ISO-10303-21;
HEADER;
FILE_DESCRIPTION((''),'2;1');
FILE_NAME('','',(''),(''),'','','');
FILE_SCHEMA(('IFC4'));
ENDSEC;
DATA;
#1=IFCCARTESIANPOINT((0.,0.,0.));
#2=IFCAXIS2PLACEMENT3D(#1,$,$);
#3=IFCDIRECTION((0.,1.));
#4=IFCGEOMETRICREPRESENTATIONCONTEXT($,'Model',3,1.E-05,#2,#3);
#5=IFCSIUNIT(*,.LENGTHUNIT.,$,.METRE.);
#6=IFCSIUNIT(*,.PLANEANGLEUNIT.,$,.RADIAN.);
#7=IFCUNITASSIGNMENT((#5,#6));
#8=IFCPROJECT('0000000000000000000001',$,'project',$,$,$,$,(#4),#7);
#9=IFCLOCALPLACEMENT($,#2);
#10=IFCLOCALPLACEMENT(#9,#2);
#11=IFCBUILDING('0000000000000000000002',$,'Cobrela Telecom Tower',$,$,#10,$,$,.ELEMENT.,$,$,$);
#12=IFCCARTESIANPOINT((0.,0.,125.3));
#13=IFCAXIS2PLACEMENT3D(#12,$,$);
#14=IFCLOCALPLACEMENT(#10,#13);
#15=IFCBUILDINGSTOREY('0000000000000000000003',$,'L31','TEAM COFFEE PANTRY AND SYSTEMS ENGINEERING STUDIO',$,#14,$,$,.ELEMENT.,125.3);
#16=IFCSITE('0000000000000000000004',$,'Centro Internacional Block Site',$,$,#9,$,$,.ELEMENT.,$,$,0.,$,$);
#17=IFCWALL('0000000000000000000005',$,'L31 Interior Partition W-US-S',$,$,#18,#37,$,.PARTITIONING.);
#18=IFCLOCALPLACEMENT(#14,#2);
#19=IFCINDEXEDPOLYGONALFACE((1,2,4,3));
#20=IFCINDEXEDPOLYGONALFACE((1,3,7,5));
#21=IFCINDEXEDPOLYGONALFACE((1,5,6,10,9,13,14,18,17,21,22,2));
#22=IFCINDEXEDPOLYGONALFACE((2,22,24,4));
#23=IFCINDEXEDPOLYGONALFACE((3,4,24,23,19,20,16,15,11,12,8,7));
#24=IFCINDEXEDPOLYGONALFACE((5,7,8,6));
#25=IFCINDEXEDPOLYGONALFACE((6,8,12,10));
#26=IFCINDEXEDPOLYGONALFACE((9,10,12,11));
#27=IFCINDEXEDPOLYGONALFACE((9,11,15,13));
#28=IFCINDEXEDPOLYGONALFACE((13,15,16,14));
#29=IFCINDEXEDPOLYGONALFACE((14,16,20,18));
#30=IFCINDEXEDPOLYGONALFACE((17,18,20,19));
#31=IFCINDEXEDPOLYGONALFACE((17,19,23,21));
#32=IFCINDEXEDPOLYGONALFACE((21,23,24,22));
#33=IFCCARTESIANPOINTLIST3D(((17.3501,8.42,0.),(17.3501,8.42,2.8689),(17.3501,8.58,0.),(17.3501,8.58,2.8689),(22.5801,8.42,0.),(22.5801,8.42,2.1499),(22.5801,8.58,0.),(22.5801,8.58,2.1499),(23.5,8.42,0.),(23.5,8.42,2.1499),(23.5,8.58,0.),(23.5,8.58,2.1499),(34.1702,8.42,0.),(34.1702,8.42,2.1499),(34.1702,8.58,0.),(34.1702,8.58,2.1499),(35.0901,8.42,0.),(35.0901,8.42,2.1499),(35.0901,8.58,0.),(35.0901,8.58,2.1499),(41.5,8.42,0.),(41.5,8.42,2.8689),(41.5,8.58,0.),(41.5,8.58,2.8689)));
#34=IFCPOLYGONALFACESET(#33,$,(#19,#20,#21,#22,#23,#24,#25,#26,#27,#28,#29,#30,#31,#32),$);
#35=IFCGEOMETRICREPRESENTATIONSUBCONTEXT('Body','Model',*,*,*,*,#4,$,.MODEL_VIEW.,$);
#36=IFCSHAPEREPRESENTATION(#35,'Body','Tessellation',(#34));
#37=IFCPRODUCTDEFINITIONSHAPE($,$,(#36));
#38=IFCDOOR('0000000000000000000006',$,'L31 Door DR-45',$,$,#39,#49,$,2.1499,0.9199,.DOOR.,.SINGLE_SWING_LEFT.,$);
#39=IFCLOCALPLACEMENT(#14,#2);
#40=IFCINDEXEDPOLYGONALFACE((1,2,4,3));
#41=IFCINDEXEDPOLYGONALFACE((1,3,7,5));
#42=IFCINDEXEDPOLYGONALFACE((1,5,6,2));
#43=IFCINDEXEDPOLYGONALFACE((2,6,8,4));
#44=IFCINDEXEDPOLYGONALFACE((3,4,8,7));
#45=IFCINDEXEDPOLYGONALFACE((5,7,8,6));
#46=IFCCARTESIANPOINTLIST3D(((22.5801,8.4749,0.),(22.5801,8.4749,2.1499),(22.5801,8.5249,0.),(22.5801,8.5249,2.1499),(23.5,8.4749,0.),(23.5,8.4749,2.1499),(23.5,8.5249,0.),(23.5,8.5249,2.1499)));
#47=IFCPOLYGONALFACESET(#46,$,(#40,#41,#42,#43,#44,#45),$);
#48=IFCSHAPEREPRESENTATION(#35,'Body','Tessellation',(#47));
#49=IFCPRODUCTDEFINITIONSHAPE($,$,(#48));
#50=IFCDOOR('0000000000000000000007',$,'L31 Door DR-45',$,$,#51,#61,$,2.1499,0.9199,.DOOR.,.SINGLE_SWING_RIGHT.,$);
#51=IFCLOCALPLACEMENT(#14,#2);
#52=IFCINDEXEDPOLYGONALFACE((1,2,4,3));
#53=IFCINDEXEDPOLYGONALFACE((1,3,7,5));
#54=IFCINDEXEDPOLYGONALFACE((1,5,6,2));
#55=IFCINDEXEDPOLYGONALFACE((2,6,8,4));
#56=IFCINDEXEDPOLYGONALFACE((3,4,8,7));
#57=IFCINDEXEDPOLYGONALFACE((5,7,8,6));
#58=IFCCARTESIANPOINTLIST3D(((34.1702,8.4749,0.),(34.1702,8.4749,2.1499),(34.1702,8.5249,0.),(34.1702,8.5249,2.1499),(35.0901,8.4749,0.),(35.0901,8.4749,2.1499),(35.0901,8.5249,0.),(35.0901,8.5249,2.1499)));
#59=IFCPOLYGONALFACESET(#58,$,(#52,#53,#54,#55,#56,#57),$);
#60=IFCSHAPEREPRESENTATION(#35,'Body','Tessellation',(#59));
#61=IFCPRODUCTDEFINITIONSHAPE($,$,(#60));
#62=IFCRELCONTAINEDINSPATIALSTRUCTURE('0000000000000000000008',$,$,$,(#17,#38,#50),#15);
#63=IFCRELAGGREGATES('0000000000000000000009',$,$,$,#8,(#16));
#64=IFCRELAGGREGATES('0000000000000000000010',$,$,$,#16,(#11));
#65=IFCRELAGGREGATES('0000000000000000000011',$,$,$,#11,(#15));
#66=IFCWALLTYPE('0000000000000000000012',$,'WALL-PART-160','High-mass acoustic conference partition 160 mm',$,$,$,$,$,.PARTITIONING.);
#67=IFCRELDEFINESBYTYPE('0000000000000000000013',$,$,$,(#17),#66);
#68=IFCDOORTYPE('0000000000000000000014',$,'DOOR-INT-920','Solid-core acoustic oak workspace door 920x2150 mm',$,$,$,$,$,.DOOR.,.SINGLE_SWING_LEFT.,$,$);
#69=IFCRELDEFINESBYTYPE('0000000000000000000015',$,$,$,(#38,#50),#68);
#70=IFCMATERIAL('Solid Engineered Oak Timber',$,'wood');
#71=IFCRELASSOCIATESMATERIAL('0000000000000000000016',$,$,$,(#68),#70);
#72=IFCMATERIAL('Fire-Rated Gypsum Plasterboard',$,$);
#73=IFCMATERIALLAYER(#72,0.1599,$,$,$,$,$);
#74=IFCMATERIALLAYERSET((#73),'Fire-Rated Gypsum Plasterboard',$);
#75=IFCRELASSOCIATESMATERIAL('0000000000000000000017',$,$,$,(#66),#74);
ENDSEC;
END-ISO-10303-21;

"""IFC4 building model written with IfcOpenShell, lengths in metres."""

from ifc_helpers import new_model, si_unit, direction, frame, frame_2d, origin, place, context, subcontext, project, spatial, rectangle, extrude, material, layer, layer_set, type_object, element, fill, save


model = new_model("IFC4")

# Units and contexts
model_context = context("Model", 3, precision=1e-05, world=origin(), true_north=direction((0.0, 1.0)))
body_context = subcontext(model_context, "Body", "Model", "MODEL_VIEW")
ifc_project = project(units=[si_unit("LENGTHUNIT", "METRE"), si_unit("PLANEANGLEUNIT", "RADIAN")], contexts=[model_context])

# Site, building, storey
site_placement = place(None, origin())
site = spatial("IfcSite", under=ifc_project, at=site_placement, Name="Centro Internacional Block Site", CompositionType="ELEMENT", RefElevation=0.0)
building_placement = place(site_placement, origin())
building = spatial("IfcBuilding", under=site, at=building_placement, Name="Cobrela Telecom Tower", CompositionType="ELEMENT")
storey_placement = place(building_placement, frame((0.0, 0.0, 125.3)))
storey = spatial("IfcBuildingStorey", under=building, at=storey_placement, Name="L31", Description="TEAM COFFEE PANTRY AND SYSTEMS ENGINEERING STUDIO", CompositionType="ELEMENT", Elevation=125.3)

# Shared definitions
ifc_material_1 = material(Name="Fire-Rated Gypsum Plasterboard")
ifc_material_2 = material(Name="Solid Engineered Oak Timber", Category="wood")
door_type_1 = type_object("IfcDoorType", Name="DOOR-INT-920", Description="Solid-core acoustic oak workspace door 920x2150 mm", OperationType="SINGLE_SWING_LEFT", PredefinedType="DOOR", material=ifc_material_2)

# Wall, openings, doors
ifc_layer_1 = layer(ifc_material_1, 0.1599)
ifc_layer_set_1 = layer_set([ifc_layer_1], Name="Fire-Rated Gypsum Plasterboard")
wall_type_1 = type_object("IfcWallType", Name="WALL-PART-160", Description="High-mass acoustic conference partition 160 mm", PredefinedType="PARTITIONING", material=ifc_layer_set_1)
wall_1_placement = place(storey_placement, frame((17.3501, 8.5, 0.0), z_axis=(0.0, 0.0, 1.0), x_axis=(1.0, 0.0, 0.0)))
wall_1 = element("IfcWall", 1, at=wall_1_placement, inside=storey, type_object=wall_type_1, Name="L31 Interior Partition W-US-S", PredefinedType="PARTITIONING", context=body_context, shape_type="SweptSolid", body=[
    extrude(rectangle(XDim=24.1499, YDim=0.1599, at=frame_2d((12.075, 0.0))), origin(), (0.0, 0.0, 1.0), 2.8689),
])
opening_1_placement = place(wall_1_placement, frame((5.23, 0.0, 0.0)))
opening_1 = element("IfcOpeningElement", 2, at=opening_1_placement, cuts=wall_1, PredefinedType="OPENING", context=body_context, shape_type="SweptSolid", body=[
    extrude(rectangle(XDim=0.9199, YDim=2.1499, at=frame_2d((0.46, 1.075))), frame((0.0, 0.0918, 0.0), z_axis=(0.0, -1.0, 0.0), x_axis=(1.0, 0.0, 0.0)), (0.0, 0.0, 1.0), 0.1838),
])
opening_2_placement = place(wall_1_placement, frame((16.8201, 0.0, 0.0)))
opening_2 = element("IfcOpeningElement", 3, at=opening_2_placement, cuts=wall_1, PredefinedType="OPENING", context=body_context, shape_type="SweptSolid", body=[
    extrude(rectangle(XDim=0.9199, YDim=2.1499, at=frame_2d((0.46, 1.075))), frame((0.0, 0.0918, 0.0), z_axis=(0.0, -1.0, 0.0), x_axis=(1.0, 0.0, 0.0)), (0.0, 0.0, 1.0), 0.1838),
])
door_1_placement = place(opening_1_placement, origin())
door_1 = element("IfcDoor", 4, at=door_1_placement, inside=storey, type_object=door_type_1, Name="L31 Door DR-45", OperationType="SINGLE_SWING_LEFT", OverallHeight=2.1499, OverallWidth=0.9199, PredefinedType="DOOR", context=body_context, shape_type="SweptSolid", body=[
    extrude(rectangle(XDim=0.9199, YDim=2.1499, at=frame_2d((0.46, 1.075))), frame((0.0, 0.0249, 0.0), z_axis=(0.0, -1.0, 0.0), x_axis=(1.0, 0.0, 0.0)), (0.0, 0.0, 1.0), 0.05),
])
fill(opening_1, door_1)
door_2_placement = place(opening_2_placement, origin())
door_2 = element("IfcDoor", 5, at=door_2_placement, inside=storey, type_object=door_type_1, Name="L31 Door DR-45", OperationType="SINGLE_SWING_RIGHT", OverallHeight=2.1499, OverallWidth=0.9199, PredefinedType="DOOR", context=body_context, shape_type="SweptSolid", body=[
    extrude(rectangle(XDim=0.9199, YDim=2.1499, at=frame_2d((0.46, 1.075))), frame((0.0, 0.0249, 0.0), z_axis=(0.0, -1.0, 0.0), x_axis=(1.0, 0.0, 0.0)), (0.0, 0.0, 1.0), 0.05),
])
fill(opening_2, door_2)

save(model, "model.ifc")
